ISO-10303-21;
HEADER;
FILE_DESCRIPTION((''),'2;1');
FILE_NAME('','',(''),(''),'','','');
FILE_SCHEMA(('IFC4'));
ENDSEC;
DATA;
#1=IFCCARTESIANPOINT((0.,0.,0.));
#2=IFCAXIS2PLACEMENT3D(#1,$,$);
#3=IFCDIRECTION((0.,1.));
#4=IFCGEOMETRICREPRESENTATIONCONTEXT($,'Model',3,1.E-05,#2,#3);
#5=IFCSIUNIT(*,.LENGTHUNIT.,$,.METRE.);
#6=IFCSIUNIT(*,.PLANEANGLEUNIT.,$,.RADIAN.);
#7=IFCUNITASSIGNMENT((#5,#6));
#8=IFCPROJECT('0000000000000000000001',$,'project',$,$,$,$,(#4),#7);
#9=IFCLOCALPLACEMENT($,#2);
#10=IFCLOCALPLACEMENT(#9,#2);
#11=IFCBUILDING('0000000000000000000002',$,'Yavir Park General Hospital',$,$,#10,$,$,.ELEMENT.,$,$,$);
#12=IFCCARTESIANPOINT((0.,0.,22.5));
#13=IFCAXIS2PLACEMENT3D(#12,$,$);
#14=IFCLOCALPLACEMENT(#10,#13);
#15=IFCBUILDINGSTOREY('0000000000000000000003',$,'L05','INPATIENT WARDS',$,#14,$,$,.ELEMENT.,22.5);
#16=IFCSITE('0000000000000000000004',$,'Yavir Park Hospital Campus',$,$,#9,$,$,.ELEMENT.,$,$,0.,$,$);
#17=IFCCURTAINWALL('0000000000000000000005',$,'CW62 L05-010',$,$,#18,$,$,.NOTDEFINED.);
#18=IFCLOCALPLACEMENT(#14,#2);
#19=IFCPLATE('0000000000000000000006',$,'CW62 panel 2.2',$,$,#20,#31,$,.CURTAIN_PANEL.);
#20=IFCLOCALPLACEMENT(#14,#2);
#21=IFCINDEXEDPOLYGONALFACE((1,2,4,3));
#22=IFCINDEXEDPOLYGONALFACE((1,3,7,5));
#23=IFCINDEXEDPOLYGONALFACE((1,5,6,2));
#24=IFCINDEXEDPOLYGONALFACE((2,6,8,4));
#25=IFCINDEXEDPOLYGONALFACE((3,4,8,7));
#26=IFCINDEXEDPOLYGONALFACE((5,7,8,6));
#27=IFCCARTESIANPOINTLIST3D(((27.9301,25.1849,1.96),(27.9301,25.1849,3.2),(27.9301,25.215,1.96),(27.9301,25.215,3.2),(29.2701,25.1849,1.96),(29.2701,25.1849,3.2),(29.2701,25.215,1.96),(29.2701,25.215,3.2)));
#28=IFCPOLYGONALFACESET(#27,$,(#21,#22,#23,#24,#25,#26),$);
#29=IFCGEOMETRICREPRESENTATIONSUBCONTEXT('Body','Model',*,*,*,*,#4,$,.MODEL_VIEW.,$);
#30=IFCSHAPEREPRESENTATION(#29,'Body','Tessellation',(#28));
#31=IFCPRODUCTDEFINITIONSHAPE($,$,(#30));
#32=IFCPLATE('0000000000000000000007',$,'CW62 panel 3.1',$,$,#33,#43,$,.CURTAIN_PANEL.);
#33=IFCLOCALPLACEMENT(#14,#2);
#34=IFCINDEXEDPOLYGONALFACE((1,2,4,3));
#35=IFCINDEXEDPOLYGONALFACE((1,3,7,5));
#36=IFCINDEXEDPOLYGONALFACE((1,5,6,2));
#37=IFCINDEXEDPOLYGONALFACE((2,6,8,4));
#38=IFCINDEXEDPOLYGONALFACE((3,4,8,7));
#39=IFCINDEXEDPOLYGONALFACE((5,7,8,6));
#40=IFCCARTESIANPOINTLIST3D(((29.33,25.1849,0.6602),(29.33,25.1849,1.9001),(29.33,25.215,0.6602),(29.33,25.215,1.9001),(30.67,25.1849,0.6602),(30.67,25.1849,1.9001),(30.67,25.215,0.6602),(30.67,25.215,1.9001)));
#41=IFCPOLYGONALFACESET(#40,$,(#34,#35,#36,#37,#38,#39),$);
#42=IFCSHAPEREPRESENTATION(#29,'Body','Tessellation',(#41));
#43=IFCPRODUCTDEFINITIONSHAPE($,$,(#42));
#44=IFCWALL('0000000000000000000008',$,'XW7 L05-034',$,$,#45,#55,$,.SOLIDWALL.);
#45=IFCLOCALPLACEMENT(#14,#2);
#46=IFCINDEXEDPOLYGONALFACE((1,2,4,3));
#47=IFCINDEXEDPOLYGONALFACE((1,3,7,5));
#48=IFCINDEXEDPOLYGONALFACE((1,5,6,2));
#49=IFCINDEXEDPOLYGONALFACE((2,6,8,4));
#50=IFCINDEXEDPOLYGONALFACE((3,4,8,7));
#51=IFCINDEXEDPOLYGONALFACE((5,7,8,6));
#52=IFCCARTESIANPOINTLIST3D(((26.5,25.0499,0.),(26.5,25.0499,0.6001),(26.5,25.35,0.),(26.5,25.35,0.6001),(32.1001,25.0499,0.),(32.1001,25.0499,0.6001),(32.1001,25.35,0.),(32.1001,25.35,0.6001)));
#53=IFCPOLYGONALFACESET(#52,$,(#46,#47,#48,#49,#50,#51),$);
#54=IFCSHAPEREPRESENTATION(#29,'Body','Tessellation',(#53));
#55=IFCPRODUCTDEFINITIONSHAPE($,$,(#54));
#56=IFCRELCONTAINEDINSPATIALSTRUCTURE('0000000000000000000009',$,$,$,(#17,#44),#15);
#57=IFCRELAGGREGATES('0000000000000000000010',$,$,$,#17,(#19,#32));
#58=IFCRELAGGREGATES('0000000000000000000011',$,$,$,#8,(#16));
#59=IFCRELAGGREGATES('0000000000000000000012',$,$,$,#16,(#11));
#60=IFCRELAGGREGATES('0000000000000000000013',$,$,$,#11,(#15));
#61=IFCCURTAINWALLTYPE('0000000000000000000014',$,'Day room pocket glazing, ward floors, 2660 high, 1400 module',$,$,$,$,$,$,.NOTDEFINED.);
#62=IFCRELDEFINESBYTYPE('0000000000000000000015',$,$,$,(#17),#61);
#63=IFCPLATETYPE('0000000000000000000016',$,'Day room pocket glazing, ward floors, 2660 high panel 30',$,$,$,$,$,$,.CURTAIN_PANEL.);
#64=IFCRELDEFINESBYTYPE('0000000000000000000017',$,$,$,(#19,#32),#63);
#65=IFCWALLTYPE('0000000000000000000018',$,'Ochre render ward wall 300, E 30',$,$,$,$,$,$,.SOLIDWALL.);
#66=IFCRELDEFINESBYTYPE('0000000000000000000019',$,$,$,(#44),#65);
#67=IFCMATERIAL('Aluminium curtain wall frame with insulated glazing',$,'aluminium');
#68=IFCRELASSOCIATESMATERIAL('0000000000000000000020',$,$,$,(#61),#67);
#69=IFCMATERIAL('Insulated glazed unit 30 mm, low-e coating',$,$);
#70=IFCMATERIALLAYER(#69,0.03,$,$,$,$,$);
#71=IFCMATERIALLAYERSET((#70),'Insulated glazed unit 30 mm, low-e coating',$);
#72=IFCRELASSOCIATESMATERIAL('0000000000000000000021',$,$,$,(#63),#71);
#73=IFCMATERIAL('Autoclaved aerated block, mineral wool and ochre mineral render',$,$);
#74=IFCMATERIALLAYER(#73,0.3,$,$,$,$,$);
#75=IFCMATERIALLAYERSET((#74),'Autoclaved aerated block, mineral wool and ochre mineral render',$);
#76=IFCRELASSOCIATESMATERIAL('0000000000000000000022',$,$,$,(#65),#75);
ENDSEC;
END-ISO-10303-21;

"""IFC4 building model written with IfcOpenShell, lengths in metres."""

from ifc_helpers import new_model, si_unit, direction, frame, frame_2d, origin, origin_2d, place, context, subcontext, project, spatial, rectangle, extrude, material, layer, layer_set, type_object, element, aggregate, save


model = new_model("IFC4")

# Units and contexts
model_context = context("Model", 3, precision=1e-05, world=origin(), true_north=direction((0.0, 1.0)))
body_context = subcontext(model_context, "Body", "Model", "MODEL_VIEW")
ifc_project = project(units=[si_unit("LENGTHUNIT", "METRE"), si_unit("PLANEANGLEUNIT", "RADIAN")], contexts=[model_context])

# Site, building, storey
site_placement = place(None, origin())
site = spatial("IfcSite", under=ifc_project, at=site_placement, Name="Yavir Park Hospital Campus", CompositionType="ELEMENT", RefElevation=0.0)
building_placement = place(site_placement, origin())
building = spatial("IfcBuilding", under=site, at=building_placement, Name="Yavir Park General Hospital", CompositionType="ELEMENT")
storey_placement = place(building_placement, frame((0.0, 0.0, 22.5)))
storey = spatial("IfcBuildingStorey", under=building, at=storey_placement, Name="L05", Description="INPATIENT WARDS", CompositionType="ELEMENT", Elevation=22.5)

# Curtain wall, plates
ifc_material_1 = material(Name="Aluminium curtain wall frame with insulated glazing", Category="aluminium")
curtain_wall_type = type_object("IfcCurtainWallType", Name="Day room pocket glazing, ward floors, 2660 high, 1400 module", PredefinedType="NOTDEFINED", material=ifc_material_1)
curtain_wall_placement = place(storey_placement, origin())
curtain_wall = element("IfcCurtainWall", 1, at=curtain_wall_placement, inside=storey, type_object=curtain_wall_type, Name="CW62 L05-010", PredefinedType="NOTDEFINED")
ifc_material_2 = material(Name="Insulated glazed unit 30 mm, low-e coating")
ifc_layer_1 = layer(ifc_material_2, 0.03)
ifc_layer_set_1 = layer_set([ifc_layer_1], Name="Insulated glazed unit 30 mm, low-e coating")
plate_type = type_object("IfcPlateType", Name="Day room pocket glazing, ward floors, 2660 high panel 30", PredefinedType="CURTAIN_PANEL", material=ifc_layer_set_1)
plate_1_placement = place(storey_placement, frame((28.6001, 25.2, 1.96), z_axis=(0.0, 0.0, 1.0), x_axis=(1.0, 0.0, 0.0)))
plate_1 = element("IfcPlate", 2, at=plate_1_placement, type_object=plate_type, Name="CW62 panel 2.2", PredefinedType="CURTAIN_PANEL", context=body_context, shape_type="SweptSolid", body=[
    extrude(rectangle(XDim=1.3401, YDim=0.03, at=origin_2d()), origin(), (0.0, 0.0, 1.0), 1.24),
])
plate_2_placement = place(storey_placement, frame((30.0, 25.2, 0.6602), z_axis=(0.0, 0.0, 1.0), x_axis=(1.0, 0.0, 0.0)))
plate_2 = element("IfcPlate", 3, at=plate_2_placement, type_object=plate_type, Name="CW62 panel 3.1", PredefinedType="CURTAIN_PANEL", context=body_context, shape_type="SweptSolid", body=[
    extrude(rectangle(XDim=1.3401, YDim=0.03, at=origin_2d()), origin(), (0.0, 0.0, 1.0), 1.24),
])
aggregate(curtain_wall, [plate_1, plate_2])

# Wall
ifc_material_3 = material(Name="Autoclaved aerated block, mineral wool and ochre mineral render")
ifc_layer_2 = layer(ifc_material_3, 0.3)
ifc_layer_set_2 = layer_set([ifc_layer_2], Name="Autoclaved aerated block, mineral wool and ochre mineral render")
wall_type = type_object("IfcWallType", Name="Ochre render ward wall 300, E 30", PredefinedType="SOLIDWALL", material=ifc_layer_set_2)
wall_placement = place(storey_placement, frame((26.5, 25.2, 0.0), z_axis=(0.0, 0.0, 1.0), x_axis=(1.0, 0.0, 0.0)))
element("IfcWall", 4, at=wall_placement, inside=storey, type_object=wall_type, Name="XW7 L05-034", PredefinedType="SOLIDWALL", context=body_context, shape_type="SweptSolid", body=[
    extrude(rectangle(XDim=5.6001, YDim=0.3, at=frame_2d((2.8, 0.0))), origin(), (0.0, 0.0, 1.0), 0.6001),
])

save(model, "model.ifc")
